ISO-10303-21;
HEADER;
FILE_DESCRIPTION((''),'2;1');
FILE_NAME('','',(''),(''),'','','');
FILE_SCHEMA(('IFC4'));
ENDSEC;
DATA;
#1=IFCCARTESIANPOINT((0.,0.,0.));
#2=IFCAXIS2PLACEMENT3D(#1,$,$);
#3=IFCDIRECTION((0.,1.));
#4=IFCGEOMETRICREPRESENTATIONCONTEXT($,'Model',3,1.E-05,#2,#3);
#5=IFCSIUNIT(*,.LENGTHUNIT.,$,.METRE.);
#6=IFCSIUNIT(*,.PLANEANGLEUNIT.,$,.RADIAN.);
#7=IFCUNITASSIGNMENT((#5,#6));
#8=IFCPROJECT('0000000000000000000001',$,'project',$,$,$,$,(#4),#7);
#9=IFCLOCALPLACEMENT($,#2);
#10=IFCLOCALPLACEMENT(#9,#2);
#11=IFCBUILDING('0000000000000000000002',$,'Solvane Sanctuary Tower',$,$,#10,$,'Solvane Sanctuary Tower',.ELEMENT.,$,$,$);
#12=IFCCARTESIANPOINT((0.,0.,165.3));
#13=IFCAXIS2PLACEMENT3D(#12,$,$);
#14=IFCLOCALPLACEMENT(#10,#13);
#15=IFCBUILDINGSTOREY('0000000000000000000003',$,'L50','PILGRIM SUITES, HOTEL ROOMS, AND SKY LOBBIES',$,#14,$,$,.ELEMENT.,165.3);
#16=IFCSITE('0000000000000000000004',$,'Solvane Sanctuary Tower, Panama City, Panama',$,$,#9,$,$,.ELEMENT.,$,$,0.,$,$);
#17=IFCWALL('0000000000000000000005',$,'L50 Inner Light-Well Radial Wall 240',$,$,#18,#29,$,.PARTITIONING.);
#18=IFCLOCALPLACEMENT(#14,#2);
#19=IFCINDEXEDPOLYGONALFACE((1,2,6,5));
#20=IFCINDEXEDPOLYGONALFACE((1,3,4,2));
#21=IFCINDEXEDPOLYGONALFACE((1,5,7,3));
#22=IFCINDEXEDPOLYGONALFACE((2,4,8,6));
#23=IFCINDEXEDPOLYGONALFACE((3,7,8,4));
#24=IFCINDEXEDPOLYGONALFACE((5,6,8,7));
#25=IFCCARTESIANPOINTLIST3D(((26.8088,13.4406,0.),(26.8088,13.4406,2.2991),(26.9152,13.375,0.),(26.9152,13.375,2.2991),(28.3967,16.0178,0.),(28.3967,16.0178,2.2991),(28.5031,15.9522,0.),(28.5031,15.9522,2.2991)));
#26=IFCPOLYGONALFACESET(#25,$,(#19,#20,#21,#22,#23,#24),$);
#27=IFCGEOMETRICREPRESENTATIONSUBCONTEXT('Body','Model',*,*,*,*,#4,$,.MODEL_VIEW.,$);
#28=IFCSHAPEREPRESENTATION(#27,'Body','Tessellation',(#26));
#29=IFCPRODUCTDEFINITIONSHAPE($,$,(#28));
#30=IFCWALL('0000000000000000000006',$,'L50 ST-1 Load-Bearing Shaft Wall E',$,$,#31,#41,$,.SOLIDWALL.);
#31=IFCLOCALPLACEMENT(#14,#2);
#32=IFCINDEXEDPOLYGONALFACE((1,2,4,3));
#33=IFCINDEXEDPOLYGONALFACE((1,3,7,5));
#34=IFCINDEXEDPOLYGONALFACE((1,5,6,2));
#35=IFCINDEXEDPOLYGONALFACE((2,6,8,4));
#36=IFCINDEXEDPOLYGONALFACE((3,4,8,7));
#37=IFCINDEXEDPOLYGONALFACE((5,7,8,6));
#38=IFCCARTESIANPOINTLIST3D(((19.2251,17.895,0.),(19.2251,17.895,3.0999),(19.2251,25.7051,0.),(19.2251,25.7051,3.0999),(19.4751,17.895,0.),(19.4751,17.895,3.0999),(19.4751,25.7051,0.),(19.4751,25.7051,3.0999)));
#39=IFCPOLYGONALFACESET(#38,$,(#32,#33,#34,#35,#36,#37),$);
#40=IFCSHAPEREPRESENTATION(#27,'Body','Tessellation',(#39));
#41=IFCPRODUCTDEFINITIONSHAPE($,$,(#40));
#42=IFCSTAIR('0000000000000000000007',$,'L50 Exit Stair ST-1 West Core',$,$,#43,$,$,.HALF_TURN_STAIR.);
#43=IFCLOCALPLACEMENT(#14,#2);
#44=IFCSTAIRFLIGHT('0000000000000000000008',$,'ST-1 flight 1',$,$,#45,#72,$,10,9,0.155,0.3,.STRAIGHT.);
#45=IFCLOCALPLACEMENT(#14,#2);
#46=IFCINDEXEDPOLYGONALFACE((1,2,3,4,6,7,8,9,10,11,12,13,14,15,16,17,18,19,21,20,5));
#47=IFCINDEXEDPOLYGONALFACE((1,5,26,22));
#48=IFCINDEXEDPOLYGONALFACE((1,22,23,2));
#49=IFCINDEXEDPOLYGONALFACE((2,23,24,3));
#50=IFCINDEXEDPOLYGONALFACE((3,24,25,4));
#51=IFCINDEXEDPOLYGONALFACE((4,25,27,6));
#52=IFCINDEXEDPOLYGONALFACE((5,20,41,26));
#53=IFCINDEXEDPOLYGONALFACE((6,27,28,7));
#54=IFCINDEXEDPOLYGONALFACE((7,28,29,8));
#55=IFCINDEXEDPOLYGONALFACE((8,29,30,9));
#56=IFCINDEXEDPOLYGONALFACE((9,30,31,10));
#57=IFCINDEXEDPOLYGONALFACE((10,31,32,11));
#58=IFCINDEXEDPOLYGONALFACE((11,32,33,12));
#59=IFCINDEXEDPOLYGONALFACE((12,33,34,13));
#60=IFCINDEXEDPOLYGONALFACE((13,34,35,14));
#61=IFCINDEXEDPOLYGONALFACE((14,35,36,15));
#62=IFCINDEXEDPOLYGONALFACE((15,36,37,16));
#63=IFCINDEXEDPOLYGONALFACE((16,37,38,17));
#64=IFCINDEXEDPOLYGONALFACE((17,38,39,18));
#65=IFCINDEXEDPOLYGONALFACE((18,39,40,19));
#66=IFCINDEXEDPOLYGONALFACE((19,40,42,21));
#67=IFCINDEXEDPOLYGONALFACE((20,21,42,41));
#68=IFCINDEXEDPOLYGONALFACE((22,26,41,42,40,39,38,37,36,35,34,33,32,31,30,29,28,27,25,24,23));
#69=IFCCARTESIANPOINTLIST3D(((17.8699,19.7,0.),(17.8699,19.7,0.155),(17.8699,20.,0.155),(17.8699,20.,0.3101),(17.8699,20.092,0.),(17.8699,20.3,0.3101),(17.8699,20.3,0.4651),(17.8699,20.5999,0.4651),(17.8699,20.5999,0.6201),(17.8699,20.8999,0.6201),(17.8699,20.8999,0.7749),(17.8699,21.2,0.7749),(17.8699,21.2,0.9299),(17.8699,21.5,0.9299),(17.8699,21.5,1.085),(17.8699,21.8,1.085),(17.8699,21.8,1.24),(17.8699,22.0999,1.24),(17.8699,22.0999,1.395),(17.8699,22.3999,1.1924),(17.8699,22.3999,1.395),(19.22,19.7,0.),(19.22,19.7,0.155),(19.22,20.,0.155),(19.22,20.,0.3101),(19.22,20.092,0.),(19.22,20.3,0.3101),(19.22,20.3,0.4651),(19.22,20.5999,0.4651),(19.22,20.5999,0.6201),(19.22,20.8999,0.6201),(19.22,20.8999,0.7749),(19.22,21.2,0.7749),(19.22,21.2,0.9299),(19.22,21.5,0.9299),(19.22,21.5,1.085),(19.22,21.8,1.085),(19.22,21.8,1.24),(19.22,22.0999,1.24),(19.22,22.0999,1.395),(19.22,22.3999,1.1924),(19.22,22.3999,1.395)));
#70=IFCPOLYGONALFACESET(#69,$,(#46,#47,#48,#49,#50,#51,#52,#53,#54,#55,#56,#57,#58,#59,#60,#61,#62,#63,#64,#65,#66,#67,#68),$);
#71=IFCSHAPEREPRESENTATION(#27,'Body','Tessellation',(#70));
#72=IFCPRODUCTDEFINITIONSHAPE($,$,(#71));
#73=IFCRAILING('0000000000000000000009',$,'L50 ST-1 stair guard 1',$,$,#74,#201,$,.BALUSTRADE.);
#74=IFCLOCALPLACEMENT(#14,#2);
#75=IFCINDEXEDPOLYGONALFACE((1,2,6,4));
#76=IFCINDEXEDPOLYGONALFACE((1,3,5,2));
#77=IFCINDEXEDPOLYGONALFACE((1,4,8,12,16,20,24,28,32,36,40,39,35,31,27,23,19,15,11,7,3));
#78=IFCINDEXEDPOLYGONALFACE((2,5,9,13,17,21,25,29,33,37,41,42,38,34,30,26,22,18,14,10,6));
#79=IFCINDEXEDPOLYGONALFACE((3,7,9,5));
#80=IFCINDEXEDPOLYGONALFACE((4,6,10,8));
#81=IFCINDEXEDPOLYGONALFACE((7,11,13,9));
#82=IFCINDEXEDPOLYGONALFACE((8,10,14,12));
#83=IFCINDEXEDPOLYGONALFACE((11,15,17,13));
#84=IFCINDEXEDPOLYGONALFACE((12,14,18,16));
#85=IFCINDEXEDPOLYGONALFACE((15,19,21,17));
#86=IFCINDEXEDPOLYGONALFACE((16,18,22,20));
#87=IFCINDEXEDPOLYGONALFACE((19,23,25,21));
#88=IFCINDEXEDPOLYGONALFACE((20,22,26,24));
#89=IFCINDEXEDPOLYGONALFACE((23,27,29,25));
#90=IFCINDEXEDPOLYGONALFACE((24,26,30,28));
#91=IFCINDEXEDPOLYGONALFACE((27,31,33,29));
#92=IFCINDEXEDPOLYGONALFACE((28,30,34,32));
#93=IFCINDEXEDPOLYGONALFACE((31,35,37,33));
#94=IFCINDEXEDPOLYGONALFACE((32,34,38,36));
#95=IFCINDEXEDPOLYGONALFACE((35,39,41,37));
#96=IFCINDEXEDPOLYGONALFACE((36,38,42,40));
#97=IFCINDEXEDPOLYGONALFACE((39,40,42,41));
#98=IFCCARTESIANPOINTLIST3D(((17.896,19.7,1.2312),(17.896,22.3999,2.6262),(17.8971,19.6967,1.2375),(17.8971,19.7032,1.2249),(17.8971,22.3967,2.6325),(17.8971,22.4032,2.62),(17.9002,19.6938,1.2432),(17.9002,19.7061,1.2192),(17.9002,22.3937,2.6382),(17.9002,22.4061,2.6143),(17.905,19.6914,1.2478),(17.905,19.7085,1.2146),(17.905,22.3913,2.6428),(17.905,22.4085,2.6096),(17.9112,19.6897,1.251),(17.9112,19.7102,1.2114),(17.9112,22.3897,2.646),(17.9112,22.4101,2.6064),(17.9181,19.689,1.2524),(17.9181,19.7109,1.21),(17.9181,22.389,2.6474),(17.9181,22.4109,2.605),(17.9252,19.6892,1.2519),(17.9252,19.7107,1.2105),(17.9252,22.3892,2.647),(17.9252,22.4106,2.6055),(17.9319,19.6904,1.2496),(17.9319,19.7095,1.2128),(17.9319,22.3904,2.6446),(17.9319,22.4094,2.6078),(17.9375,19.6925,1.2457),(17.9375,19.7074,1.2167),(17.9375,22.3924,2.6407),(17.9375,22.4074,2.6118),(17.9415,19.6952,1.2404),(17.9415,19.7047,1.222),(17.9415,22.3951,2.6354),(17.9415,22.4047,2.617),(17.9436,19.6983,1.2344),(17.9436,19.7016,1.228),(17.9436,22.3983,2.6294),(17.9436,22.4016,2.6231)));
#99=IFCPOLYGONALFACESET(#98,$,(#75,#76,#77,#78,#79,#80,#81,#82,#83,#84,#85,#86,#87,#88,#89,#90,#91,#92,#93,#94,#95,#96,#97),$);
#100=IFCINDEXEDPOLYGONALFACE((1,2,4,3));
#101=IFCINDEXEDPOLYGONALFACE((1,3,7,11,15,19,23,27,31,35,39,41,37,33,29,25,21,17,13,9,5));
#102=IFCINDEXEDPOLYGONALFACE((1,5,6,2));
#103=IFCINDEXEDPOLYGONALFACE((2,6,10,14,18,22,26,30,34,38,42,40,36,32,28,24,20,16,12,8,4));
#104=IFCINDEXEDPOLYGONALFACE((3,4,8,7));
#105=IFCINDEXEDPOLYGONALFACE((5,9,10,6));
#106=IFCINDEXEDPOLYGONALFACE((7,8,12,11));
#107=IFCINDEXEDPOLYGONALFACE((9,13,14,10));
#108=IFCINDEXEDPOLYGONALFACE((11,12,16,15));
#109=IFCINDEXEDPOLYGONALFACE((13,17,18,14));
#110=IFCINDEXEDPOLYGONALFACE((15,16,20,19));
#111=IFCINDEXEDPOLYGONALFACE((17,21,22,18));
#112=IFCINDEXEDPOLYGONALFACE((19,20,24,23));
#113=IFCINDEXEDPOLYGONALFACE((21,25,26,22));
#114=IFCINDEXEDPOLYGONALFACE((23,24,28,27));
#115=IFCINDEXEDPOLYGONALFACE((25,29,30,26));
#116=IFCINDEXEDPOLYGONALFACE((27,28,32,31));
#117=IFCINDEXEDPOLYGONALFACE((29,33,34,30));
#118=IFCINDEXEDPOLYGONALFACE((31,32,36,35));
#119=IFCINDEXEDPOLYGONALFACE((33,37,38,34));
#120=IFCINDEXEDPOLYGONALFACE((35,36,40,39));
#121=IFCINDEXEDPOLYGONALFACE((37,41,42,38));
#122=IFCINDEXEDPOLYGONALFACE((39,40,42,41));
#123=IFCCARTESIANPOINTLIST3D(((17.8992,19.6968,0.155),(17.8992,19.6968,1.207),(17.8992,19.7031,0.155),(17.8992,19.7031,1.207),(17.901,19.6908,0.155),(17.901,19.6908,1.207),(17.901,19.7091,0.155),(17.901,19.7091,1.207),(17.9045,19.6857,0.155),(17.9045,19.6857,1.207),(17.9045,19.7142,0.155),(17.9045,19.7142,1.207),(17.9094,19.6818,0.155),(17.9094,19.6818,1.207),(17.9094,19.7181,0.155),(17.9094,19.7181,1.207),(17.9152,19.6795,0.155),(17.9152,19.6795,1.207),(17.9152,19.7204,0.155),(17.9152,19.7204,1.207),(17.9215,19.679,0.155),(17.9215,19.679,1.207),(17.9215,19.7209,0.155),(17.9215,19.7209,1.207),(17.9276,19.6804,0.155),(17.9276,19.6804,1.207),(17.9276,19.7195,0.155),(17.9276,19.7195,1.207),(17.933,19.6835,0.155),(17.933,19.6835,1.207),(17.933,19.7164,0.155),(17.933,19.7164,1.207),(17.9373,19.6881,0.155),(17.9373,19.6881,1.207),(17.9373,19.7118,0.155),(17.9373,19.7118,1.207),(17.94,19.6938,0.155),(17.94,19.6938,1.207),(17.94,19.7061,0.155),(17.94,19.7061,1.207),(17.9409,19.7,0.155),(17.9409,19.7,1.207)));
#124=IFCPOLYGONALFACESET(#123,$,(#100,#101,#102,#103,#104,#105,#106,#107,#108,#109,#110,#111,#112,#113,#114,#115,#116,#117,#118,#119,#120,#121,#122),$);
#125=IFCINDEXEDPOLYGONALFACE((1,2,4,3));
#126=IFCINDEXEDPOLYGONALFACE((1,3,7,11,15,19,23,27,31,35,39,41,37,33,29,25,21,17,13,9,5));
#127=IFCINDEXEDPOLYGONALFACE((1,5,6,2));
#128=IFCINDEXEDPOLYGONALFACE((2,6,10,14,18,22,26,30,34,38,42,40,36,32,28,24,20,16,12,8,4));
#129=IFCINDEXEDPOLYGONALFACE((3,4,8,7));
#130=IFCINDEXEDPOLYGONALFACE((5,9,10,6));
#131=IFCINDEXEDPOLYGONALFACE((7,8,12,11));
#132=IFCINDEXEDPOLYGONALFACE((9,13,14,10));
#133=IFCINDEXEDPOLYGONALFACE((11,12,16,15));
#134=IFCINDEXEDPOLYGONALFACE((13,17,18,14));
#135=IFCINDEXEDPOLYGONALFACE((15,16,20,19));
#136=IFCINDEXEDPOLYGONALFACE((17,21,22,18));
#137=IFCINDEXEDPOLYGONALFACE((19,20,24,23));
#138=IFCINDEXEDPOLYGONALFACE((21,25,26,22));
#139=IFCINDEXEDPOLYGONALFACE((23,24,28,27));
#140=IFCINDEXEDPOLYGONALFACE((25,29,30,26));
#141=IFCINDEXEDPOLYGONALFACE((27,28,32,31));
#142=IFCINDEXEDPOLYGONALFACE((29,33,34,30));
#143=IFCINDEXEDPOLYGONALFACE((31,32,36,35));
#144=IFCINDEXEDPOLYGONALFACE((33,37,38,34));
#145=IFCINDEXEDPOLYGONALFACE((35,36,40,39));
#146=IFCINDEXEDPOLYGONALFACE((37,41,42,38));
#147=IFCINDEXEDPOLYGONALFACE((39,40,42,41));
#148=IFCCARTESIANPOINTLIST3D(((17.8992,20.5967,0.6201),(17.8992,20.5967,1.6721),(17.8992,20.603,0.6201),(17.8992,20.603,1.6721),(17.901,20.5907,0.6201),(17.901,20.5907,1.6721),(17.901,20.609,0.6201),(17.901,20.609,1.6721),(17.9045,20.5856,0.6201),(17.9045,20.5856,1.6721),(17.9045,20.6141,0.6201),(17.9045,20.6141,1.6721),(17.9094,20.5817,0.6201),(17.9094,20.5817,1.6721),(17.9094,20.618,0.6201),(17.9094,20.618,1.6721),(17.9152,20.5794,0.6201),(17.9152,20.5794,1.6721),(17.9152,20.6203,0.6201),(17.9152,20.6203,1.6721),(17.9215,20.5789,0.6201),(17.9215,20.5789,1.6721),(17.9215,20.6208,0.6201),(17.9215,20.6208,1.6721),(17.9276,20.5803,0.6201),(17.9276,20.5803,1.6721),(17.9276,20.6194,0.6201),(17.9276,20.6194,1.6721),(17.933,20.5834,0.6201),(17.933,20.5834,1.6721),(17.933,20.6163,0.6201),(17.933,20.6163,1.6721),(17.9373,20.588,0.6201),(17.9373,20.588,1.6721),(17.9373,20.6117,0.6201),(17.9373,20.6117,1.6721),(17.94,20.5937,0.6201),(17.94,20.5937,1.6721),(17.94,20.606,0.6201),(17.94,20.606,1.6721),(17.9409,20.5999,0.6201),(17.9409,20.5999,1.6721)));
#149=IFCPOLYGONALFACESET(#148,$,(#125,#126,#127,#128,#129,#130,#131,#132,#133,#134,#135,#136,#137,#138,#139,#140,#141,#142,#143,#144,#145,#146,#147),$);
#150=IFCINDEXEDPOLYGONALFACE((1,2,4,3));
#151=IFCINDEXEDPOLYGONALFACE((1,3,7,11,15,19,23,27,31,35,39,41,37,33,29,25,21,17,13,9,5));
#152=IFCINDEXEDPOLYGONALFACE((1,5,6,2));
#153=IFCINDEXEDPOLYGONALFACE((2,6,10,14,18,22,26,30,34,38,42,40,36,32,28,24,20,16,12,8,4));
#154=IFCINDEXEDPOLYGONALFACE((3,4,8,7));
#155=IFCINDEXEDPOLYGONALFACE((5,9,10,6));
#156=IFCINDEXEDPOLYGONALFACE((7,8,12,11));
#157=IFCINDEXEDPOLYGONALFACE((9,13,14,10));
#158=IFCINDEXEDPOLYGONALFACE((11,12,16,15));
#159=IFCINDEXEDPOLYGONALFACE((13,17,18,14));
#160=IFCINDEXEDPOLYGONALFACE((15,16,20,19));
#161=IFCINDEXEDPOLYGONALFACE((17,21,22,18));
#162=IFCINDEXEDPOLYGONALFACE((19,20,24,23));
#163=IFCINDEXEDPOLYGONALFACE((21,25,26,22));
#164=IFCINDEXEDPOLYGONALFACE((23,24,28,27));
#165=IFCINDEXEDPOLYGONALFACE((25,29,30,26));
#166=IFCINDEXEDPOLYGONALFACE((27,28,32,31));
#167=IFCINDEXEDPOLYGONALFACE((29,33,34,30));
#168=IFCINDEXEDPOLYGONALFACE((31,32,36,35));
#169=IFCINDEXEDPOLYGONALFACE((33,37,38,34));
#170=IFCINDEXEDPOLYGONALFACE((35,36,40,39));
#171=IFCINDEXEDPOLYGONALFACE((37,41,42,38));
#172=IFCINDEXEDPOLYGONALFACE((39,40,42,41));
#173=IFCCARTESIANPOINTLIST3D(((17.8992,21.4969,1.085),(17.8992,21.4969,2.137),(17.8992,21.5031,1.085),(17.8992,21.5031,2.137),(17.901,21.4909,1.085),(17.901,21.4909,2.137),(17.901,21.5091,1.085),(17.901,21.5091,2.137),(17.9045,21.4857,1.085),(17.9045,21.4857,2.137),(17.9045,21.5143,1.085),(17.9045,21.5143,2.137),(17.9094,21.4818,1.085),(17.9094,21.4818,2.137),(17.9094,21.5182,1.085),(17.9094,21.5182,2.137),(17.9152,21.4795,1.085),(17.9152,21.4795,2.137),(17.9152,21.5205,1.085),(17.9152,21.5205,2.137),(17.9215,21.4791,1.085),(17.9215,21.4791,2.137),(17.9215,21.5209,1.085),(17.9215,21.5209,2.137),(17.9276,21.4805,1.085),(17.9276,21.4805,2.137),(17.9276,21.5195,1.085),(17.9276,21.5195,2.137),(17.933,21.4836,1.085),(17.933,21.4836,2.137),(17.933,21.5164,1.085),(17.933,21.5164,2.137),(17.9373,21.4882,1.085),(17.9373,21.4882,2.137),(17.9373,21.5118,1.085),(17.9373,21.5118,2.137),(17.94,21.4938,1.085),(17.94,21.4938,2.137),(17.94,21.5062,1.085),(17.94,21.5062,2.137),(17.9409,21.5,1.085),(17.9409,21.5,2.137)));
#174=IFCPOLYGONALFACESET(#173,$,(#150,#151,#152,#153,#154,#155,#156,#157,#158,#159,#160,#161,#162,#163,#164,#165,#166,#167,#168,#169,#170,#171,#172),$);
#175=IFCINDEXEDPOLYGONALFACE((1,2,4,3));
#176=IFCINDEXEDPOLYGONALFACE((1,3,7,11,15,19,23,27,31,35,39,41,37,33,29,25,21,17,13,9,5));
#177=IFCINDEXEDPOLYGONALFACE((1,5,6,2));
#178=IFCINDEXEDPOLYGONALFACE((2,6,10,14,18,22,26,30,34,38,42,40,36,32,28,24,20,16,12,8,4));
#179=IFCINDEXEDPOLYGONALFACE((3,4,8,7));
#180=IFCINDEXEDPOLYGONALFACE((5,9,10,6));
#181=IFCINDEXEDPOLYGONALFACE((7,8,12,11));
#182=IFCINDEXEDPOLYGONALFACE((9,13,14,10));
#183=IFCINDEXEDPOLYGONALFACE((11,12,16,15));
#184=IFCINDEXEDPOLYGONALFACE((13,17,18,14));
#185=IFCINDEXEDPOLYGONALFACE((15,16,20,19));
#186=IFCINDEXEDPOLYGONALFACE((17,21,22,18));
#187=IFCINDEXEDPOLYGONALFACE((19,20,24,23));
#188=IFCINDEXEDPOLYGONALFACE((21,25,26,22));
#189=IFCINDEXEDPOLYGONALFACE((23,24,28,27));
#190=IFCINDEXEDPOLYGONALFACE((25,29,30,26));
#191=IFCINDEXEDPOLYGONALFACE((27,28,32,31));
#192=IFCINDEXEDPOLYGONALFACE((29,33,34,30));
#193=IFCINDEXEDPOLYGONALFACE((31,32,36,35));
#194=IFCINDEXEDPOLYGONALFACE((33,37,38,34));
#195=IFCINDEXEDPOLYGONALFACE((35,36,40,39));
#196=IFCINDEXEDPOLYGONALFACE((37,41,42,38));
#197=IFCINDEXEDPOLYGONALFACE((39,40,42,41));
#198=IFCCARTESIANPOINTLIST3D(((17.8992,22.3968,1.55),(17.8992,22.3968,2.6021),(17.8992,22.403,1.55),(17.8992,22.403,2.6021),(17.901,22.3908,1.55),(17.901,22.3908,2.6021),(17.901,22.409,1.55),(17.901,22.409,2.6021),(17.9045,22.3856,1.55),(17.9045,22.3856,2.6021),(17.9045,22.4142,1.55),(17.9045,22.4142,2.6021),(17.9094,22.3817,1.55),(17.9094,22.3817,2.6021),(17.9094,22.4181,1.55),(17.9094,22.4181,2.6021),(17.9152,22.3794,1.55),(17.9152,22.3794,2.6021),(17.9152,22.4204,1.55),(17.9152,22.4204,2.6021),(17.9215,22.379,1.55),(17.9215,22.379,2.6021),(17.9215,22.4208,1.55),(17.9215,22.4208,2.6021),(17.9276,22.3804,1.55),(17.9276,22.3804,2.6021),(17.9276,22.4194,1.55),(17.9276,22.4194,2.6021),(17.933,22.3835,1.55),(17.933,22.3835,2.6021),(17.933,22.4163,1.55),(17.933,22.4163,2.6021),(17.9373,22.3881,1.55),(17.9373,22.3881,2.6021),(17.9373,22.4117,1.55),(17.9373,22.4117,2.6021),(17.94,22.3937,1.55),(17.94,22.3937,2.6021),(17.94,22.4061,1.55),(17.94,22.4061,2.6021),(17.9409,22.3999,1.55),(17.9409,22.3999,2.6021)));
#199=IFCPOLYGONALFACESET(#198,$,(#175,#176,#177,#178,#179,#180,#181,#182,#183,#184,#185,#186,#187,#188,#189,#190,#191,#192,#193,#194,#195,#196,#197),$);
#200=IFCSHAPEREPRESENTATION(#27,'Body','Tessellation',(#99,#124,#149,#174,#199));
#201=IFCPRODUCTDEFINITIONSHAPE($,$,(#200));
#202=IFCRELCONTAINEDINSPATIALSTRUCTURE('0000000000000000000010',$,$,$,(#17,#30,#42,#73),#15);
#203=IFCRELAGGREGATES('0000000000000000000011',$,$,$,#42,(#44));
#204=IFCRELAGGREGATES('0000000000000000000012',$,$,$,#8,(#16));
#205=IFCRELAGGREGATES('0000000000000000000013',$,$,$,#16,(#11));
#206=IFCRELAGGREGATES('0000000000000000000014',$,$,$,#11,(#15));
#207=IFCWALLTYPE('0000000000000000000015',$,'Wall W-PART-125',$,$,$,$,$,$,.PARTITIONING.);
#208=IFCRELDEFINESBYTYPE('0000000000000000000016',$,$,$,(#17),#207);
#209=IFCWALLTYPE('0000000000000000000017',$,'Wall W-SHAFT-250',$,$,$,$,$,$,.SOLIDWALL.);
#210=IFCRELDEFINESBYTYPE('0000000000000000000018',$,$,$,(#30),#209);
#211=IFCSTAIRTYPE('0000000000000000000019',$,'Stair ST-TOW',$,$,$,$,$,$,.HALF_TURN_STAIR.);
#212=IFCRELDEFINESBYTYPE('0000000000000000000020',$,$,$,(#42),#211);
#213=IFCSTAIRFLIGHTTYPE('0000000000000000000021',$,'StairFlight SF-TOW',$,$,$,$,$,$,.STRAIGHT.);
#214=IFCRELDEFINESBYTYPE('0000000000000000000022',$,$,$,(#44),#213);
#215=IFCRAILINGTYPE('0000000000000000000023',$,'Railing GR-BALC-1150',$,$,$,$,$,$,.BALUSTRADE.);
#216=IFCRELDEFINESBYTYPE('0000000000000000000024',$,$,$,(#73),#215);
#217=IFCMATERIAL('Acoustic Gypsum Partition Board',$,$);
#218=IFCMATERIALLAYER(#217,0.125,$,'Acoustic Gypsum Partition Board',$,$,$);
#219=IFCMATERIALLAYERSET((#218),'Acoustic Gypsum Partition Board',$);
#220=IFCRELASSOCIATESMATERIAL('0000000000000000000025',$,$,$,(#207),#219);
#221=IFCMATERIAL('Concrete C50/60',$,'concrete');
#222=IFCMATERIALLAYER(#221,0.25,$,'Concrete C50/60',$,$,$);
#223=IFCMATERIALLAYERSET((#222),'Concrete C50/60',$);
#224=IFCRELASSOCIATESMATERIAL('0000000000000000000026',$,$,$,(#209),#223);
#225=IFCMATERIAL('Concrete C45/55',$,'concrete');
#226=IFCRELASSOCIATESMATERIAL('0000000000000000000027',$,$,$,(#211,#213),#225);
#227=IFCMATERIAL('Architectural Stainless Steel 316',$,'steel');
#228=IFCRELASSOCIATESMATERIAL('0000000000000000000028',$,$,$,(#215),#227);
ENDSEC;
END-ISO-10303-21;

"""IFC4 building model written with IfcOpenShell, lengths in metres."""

from ifc_helpers import new_model, si_unit, direction, frame, frame_2d, origin, origin_2d, place, context, subcontext, project, spatial, polyline, rectangle, circle, outline, extrude, material, layer, layer_set, type_object, element, aggregate, save


model = new_model("IFC4")

# Units and contexts
model_context = context("Model", 3, precision=1e-05, world=origin(), true_north=direction((0.0, 1.0)))
body_context = subcontext(model_context, "Body", "Model", "MODEL_VIEW")
ifc_project = project(units=[si_unit("LENGTHUNIT", "METRE"), si_unit("PLANEANGLEUNIT", "RADIAN")], contexts=[model_context])

# Site, building, storey
site_placement = place(None, origin())
site = spatial("IfcSite", under=ifc_project, at=site_placement, Name="Solvane Sanctuary Tower, Panama City, Panama", CompositionType="ELEMENT", RefElevation=0.0)
building_placement = place(site_placement, origin())
building = spatial("IfcBuilding", under=site, at=building_placement, Name="Solvane Sanctuary Tower", LongName="Solvane Sanctuary Tower", CompositionType="ELEMENT")
storey_placement = place(building_placement, frame((0.0, 0.0, 165.3)))
storey = spatial("IfcBuildingStorey", under=building, at=storey_placement, Name="L50", Description="PILGRIM SUITES, HOTEL ROOMS, AND SKY LOBBIES", CompositionType="ELEMENT", Elevation=165.3)

# Shared definitions
ifc_material_1 = material(Name="Concrete C50/60", Category="concrete")

# Shared definitions
ifc_material_2 = material(Name="Acoustic Gypsum Partition Board")
ifc_layer_1 = layer(ifc_material_2, 0.125, Name="Acoustic Gypsum Partition Board")
ifc_layer_set_1 = layer_set([ifc_layer_1], Name="Acoustic Gypsum Partition Board")
wall_type_1 = type_object("IfcWallType", Name="Wall W-PART-125", PredefinedType="PARTITIONING", material=ifc_layer_set_1)
ifc_material_3 = material(Name="Architectural Stainless Steel 316", Category="steel")

# Walls
wall_1_placement = place(storey_placement, frame((28.45, 15.9851, 0.0), z_axis=(0.0, 0.0, 1.0), x_axis=(-0.524565, -0.85137, 0.0)))
element("IfcWall", 1, at=wall_1_placement, inside=storey, type_object=wall_type_1, Name="L50 Inner Light-Well Radial Wall 240", PredefinedType="PARTITIONING", context=body_context, shape_type="SweptSolid", body=[
    extrude(rectangle(XDim=3.0271, YDim=0.125, at=frame_2d((1.5137, 0.0))), origin(), (0.0, 0.0, 1.0), 2.2991),
])
ifc_layer_2 = layer(ifc_material_1, 0.25, Name="Concrete C50/60")
ifc_layer_set_2 = layer_set([ifc_layer_2], Name="Concrete C50/60")
wall_type_2 = type_object("IfcWallType", Name="Wall W-SHAFT-250", PredefinedType="SOLIDWALL", material=ifc_layer_set_2)
wall_2_placement = place(storey_placement, frame((19.3501, 17.895, 0.0), z_axis=(0.0, 0.0, 1.0), x_axis=(0.0, 1.0, 0.0)))
element("IfcWall", 2, at=wall_2_placement, inside=storey, type_object=wall_type_2, Name="L50 ST-1 Load-Bearing Shaft Wall E", PredefinedType="SOLIDWALL", context=body_context, shape_type="SweptSolid", body=[
    extrude(rectangle(XDim=7.8101, YDim=0.25, at=frame_2d((3.905, 0.0))), origin(), (0.0, 0.0, 1.0), 3.0999),
])

# Stair, stair flight
ifc_material_4 = material(Name="Concrete C45/55", Category="concrete")
stair_type = type_object("IfcStairType", Name="Stair ST-TOW", PredefinedType="HALF_TURN_STAIR", material=ifc_material_4)
stair_placement = place(storey_placement, origin())
stair = element("IfcStair", 3, at=stair_placement, inside=storey, type_object=stair_type, Name="L50 Exit Stair ST-1 West Core", PredefinedType="HALF_TURN_STAIR")
stair_flight_type = type_object("IfcStairFlightType", Name="StairFlight SF-TOW", PredefinedType="STRAIGHT", material=ifc_material_4)
stair_flight_placement = place(storey_placement, frame((18.5449, 19.7, 0.0), z_axis=(0.0, 0.0, 1.0), x_axis=(0.0, 1.0, 0.0)))
stair_flight = element("IfcStairFlight", 4, at=stair_flight_placement, type_object=stair_flight_type, Name="ST-1 flight 1", NumberOfRisers=10, NumberOfTreads=9, PredefinedType="STRAIGHT", RiserHeight=0.155, TreadLength=0.3, context=body_context, shape_type="SweptSolid", body=[
    extrude(outline(polyline([(0.0, 0.0), (0.0, 0.155), (0.3, 0.155), (0.3, 0.3101), (0.6001, 0.3101), (0.6001, 0.4651), (0.8999, 0.4651), (0.8999, 0.6201), (1.2, 0.6201), (1.2, 0.7749), (1.5, 0.7749), (1.5, 0.9299), (1.8, 0.9299), (1.8, 1.085), (2.1001, 1.085), (2.1001, 1.24), (2.3999, 1.24), (2.3999, 1.395), (2.7, 1.395), (2.7, 1.55), (2.7, 1.1924), (0.3921, 0.0), (0.0, 0.0)])), frame((0.0, 0.675, 0.0), z_axis=(0.0, -1.0, 0.0), x_axis=(1.0, 0.0, 0.0)), (0.0, 0.0, 1.0), 1.3501),
])
aggregate(stair, [stair_flight])

# Railing
railing_type_1 = type_object("IfcRailingType", Name="Railing GR-BALC-1150", PredefinedType="BALUSTRADE", material=ifc_material_3)
railing_1_placement = place(storey_placement, frame((17.9199, 19.7, 0.155)))
element("IfcRailing", 5, at=railing_1_placement, inside=storey, type_object=railing_type_1, Name="L50 ST-1 stair guard 1", PredefinedType="BALUSTRADE", context=body_context, shape_type="SweptSolid", body=[
    extrude(circle(Radius=0.0239, at=origin_2d()), frame((0.0, 0.0, 1.0762), z_axis=(0.0, 0.88842, 0.459032), x_axis=(-1.0, 0.0, 0.0)), (0.0, 0.0, 1.0), 3.0391),
    extrude(circle(Radius=0.021, at=origin_2d()), origin(), (0.0, 0.0, 1.0), 1.052),
    extrude(circle(Radius=0.021, at=origin_2d()), frame((0.0, 0.8999, 0.4651)), (0.0, 0.0, 1.0), 1.052),
    extrude(circle(Radius=0.021, at=origin_2d()), frame((0.0, 1.8, 0.9299)), (0.0, 0.0, 1.0), 1.052),
    extrude(circle(Radius=0.021, at=origin_2d()), frame((0.0, 2.7, 1.395)), (0.0, 0.0, 1.0), 1.052),
])

save(model, "model.ifc")
